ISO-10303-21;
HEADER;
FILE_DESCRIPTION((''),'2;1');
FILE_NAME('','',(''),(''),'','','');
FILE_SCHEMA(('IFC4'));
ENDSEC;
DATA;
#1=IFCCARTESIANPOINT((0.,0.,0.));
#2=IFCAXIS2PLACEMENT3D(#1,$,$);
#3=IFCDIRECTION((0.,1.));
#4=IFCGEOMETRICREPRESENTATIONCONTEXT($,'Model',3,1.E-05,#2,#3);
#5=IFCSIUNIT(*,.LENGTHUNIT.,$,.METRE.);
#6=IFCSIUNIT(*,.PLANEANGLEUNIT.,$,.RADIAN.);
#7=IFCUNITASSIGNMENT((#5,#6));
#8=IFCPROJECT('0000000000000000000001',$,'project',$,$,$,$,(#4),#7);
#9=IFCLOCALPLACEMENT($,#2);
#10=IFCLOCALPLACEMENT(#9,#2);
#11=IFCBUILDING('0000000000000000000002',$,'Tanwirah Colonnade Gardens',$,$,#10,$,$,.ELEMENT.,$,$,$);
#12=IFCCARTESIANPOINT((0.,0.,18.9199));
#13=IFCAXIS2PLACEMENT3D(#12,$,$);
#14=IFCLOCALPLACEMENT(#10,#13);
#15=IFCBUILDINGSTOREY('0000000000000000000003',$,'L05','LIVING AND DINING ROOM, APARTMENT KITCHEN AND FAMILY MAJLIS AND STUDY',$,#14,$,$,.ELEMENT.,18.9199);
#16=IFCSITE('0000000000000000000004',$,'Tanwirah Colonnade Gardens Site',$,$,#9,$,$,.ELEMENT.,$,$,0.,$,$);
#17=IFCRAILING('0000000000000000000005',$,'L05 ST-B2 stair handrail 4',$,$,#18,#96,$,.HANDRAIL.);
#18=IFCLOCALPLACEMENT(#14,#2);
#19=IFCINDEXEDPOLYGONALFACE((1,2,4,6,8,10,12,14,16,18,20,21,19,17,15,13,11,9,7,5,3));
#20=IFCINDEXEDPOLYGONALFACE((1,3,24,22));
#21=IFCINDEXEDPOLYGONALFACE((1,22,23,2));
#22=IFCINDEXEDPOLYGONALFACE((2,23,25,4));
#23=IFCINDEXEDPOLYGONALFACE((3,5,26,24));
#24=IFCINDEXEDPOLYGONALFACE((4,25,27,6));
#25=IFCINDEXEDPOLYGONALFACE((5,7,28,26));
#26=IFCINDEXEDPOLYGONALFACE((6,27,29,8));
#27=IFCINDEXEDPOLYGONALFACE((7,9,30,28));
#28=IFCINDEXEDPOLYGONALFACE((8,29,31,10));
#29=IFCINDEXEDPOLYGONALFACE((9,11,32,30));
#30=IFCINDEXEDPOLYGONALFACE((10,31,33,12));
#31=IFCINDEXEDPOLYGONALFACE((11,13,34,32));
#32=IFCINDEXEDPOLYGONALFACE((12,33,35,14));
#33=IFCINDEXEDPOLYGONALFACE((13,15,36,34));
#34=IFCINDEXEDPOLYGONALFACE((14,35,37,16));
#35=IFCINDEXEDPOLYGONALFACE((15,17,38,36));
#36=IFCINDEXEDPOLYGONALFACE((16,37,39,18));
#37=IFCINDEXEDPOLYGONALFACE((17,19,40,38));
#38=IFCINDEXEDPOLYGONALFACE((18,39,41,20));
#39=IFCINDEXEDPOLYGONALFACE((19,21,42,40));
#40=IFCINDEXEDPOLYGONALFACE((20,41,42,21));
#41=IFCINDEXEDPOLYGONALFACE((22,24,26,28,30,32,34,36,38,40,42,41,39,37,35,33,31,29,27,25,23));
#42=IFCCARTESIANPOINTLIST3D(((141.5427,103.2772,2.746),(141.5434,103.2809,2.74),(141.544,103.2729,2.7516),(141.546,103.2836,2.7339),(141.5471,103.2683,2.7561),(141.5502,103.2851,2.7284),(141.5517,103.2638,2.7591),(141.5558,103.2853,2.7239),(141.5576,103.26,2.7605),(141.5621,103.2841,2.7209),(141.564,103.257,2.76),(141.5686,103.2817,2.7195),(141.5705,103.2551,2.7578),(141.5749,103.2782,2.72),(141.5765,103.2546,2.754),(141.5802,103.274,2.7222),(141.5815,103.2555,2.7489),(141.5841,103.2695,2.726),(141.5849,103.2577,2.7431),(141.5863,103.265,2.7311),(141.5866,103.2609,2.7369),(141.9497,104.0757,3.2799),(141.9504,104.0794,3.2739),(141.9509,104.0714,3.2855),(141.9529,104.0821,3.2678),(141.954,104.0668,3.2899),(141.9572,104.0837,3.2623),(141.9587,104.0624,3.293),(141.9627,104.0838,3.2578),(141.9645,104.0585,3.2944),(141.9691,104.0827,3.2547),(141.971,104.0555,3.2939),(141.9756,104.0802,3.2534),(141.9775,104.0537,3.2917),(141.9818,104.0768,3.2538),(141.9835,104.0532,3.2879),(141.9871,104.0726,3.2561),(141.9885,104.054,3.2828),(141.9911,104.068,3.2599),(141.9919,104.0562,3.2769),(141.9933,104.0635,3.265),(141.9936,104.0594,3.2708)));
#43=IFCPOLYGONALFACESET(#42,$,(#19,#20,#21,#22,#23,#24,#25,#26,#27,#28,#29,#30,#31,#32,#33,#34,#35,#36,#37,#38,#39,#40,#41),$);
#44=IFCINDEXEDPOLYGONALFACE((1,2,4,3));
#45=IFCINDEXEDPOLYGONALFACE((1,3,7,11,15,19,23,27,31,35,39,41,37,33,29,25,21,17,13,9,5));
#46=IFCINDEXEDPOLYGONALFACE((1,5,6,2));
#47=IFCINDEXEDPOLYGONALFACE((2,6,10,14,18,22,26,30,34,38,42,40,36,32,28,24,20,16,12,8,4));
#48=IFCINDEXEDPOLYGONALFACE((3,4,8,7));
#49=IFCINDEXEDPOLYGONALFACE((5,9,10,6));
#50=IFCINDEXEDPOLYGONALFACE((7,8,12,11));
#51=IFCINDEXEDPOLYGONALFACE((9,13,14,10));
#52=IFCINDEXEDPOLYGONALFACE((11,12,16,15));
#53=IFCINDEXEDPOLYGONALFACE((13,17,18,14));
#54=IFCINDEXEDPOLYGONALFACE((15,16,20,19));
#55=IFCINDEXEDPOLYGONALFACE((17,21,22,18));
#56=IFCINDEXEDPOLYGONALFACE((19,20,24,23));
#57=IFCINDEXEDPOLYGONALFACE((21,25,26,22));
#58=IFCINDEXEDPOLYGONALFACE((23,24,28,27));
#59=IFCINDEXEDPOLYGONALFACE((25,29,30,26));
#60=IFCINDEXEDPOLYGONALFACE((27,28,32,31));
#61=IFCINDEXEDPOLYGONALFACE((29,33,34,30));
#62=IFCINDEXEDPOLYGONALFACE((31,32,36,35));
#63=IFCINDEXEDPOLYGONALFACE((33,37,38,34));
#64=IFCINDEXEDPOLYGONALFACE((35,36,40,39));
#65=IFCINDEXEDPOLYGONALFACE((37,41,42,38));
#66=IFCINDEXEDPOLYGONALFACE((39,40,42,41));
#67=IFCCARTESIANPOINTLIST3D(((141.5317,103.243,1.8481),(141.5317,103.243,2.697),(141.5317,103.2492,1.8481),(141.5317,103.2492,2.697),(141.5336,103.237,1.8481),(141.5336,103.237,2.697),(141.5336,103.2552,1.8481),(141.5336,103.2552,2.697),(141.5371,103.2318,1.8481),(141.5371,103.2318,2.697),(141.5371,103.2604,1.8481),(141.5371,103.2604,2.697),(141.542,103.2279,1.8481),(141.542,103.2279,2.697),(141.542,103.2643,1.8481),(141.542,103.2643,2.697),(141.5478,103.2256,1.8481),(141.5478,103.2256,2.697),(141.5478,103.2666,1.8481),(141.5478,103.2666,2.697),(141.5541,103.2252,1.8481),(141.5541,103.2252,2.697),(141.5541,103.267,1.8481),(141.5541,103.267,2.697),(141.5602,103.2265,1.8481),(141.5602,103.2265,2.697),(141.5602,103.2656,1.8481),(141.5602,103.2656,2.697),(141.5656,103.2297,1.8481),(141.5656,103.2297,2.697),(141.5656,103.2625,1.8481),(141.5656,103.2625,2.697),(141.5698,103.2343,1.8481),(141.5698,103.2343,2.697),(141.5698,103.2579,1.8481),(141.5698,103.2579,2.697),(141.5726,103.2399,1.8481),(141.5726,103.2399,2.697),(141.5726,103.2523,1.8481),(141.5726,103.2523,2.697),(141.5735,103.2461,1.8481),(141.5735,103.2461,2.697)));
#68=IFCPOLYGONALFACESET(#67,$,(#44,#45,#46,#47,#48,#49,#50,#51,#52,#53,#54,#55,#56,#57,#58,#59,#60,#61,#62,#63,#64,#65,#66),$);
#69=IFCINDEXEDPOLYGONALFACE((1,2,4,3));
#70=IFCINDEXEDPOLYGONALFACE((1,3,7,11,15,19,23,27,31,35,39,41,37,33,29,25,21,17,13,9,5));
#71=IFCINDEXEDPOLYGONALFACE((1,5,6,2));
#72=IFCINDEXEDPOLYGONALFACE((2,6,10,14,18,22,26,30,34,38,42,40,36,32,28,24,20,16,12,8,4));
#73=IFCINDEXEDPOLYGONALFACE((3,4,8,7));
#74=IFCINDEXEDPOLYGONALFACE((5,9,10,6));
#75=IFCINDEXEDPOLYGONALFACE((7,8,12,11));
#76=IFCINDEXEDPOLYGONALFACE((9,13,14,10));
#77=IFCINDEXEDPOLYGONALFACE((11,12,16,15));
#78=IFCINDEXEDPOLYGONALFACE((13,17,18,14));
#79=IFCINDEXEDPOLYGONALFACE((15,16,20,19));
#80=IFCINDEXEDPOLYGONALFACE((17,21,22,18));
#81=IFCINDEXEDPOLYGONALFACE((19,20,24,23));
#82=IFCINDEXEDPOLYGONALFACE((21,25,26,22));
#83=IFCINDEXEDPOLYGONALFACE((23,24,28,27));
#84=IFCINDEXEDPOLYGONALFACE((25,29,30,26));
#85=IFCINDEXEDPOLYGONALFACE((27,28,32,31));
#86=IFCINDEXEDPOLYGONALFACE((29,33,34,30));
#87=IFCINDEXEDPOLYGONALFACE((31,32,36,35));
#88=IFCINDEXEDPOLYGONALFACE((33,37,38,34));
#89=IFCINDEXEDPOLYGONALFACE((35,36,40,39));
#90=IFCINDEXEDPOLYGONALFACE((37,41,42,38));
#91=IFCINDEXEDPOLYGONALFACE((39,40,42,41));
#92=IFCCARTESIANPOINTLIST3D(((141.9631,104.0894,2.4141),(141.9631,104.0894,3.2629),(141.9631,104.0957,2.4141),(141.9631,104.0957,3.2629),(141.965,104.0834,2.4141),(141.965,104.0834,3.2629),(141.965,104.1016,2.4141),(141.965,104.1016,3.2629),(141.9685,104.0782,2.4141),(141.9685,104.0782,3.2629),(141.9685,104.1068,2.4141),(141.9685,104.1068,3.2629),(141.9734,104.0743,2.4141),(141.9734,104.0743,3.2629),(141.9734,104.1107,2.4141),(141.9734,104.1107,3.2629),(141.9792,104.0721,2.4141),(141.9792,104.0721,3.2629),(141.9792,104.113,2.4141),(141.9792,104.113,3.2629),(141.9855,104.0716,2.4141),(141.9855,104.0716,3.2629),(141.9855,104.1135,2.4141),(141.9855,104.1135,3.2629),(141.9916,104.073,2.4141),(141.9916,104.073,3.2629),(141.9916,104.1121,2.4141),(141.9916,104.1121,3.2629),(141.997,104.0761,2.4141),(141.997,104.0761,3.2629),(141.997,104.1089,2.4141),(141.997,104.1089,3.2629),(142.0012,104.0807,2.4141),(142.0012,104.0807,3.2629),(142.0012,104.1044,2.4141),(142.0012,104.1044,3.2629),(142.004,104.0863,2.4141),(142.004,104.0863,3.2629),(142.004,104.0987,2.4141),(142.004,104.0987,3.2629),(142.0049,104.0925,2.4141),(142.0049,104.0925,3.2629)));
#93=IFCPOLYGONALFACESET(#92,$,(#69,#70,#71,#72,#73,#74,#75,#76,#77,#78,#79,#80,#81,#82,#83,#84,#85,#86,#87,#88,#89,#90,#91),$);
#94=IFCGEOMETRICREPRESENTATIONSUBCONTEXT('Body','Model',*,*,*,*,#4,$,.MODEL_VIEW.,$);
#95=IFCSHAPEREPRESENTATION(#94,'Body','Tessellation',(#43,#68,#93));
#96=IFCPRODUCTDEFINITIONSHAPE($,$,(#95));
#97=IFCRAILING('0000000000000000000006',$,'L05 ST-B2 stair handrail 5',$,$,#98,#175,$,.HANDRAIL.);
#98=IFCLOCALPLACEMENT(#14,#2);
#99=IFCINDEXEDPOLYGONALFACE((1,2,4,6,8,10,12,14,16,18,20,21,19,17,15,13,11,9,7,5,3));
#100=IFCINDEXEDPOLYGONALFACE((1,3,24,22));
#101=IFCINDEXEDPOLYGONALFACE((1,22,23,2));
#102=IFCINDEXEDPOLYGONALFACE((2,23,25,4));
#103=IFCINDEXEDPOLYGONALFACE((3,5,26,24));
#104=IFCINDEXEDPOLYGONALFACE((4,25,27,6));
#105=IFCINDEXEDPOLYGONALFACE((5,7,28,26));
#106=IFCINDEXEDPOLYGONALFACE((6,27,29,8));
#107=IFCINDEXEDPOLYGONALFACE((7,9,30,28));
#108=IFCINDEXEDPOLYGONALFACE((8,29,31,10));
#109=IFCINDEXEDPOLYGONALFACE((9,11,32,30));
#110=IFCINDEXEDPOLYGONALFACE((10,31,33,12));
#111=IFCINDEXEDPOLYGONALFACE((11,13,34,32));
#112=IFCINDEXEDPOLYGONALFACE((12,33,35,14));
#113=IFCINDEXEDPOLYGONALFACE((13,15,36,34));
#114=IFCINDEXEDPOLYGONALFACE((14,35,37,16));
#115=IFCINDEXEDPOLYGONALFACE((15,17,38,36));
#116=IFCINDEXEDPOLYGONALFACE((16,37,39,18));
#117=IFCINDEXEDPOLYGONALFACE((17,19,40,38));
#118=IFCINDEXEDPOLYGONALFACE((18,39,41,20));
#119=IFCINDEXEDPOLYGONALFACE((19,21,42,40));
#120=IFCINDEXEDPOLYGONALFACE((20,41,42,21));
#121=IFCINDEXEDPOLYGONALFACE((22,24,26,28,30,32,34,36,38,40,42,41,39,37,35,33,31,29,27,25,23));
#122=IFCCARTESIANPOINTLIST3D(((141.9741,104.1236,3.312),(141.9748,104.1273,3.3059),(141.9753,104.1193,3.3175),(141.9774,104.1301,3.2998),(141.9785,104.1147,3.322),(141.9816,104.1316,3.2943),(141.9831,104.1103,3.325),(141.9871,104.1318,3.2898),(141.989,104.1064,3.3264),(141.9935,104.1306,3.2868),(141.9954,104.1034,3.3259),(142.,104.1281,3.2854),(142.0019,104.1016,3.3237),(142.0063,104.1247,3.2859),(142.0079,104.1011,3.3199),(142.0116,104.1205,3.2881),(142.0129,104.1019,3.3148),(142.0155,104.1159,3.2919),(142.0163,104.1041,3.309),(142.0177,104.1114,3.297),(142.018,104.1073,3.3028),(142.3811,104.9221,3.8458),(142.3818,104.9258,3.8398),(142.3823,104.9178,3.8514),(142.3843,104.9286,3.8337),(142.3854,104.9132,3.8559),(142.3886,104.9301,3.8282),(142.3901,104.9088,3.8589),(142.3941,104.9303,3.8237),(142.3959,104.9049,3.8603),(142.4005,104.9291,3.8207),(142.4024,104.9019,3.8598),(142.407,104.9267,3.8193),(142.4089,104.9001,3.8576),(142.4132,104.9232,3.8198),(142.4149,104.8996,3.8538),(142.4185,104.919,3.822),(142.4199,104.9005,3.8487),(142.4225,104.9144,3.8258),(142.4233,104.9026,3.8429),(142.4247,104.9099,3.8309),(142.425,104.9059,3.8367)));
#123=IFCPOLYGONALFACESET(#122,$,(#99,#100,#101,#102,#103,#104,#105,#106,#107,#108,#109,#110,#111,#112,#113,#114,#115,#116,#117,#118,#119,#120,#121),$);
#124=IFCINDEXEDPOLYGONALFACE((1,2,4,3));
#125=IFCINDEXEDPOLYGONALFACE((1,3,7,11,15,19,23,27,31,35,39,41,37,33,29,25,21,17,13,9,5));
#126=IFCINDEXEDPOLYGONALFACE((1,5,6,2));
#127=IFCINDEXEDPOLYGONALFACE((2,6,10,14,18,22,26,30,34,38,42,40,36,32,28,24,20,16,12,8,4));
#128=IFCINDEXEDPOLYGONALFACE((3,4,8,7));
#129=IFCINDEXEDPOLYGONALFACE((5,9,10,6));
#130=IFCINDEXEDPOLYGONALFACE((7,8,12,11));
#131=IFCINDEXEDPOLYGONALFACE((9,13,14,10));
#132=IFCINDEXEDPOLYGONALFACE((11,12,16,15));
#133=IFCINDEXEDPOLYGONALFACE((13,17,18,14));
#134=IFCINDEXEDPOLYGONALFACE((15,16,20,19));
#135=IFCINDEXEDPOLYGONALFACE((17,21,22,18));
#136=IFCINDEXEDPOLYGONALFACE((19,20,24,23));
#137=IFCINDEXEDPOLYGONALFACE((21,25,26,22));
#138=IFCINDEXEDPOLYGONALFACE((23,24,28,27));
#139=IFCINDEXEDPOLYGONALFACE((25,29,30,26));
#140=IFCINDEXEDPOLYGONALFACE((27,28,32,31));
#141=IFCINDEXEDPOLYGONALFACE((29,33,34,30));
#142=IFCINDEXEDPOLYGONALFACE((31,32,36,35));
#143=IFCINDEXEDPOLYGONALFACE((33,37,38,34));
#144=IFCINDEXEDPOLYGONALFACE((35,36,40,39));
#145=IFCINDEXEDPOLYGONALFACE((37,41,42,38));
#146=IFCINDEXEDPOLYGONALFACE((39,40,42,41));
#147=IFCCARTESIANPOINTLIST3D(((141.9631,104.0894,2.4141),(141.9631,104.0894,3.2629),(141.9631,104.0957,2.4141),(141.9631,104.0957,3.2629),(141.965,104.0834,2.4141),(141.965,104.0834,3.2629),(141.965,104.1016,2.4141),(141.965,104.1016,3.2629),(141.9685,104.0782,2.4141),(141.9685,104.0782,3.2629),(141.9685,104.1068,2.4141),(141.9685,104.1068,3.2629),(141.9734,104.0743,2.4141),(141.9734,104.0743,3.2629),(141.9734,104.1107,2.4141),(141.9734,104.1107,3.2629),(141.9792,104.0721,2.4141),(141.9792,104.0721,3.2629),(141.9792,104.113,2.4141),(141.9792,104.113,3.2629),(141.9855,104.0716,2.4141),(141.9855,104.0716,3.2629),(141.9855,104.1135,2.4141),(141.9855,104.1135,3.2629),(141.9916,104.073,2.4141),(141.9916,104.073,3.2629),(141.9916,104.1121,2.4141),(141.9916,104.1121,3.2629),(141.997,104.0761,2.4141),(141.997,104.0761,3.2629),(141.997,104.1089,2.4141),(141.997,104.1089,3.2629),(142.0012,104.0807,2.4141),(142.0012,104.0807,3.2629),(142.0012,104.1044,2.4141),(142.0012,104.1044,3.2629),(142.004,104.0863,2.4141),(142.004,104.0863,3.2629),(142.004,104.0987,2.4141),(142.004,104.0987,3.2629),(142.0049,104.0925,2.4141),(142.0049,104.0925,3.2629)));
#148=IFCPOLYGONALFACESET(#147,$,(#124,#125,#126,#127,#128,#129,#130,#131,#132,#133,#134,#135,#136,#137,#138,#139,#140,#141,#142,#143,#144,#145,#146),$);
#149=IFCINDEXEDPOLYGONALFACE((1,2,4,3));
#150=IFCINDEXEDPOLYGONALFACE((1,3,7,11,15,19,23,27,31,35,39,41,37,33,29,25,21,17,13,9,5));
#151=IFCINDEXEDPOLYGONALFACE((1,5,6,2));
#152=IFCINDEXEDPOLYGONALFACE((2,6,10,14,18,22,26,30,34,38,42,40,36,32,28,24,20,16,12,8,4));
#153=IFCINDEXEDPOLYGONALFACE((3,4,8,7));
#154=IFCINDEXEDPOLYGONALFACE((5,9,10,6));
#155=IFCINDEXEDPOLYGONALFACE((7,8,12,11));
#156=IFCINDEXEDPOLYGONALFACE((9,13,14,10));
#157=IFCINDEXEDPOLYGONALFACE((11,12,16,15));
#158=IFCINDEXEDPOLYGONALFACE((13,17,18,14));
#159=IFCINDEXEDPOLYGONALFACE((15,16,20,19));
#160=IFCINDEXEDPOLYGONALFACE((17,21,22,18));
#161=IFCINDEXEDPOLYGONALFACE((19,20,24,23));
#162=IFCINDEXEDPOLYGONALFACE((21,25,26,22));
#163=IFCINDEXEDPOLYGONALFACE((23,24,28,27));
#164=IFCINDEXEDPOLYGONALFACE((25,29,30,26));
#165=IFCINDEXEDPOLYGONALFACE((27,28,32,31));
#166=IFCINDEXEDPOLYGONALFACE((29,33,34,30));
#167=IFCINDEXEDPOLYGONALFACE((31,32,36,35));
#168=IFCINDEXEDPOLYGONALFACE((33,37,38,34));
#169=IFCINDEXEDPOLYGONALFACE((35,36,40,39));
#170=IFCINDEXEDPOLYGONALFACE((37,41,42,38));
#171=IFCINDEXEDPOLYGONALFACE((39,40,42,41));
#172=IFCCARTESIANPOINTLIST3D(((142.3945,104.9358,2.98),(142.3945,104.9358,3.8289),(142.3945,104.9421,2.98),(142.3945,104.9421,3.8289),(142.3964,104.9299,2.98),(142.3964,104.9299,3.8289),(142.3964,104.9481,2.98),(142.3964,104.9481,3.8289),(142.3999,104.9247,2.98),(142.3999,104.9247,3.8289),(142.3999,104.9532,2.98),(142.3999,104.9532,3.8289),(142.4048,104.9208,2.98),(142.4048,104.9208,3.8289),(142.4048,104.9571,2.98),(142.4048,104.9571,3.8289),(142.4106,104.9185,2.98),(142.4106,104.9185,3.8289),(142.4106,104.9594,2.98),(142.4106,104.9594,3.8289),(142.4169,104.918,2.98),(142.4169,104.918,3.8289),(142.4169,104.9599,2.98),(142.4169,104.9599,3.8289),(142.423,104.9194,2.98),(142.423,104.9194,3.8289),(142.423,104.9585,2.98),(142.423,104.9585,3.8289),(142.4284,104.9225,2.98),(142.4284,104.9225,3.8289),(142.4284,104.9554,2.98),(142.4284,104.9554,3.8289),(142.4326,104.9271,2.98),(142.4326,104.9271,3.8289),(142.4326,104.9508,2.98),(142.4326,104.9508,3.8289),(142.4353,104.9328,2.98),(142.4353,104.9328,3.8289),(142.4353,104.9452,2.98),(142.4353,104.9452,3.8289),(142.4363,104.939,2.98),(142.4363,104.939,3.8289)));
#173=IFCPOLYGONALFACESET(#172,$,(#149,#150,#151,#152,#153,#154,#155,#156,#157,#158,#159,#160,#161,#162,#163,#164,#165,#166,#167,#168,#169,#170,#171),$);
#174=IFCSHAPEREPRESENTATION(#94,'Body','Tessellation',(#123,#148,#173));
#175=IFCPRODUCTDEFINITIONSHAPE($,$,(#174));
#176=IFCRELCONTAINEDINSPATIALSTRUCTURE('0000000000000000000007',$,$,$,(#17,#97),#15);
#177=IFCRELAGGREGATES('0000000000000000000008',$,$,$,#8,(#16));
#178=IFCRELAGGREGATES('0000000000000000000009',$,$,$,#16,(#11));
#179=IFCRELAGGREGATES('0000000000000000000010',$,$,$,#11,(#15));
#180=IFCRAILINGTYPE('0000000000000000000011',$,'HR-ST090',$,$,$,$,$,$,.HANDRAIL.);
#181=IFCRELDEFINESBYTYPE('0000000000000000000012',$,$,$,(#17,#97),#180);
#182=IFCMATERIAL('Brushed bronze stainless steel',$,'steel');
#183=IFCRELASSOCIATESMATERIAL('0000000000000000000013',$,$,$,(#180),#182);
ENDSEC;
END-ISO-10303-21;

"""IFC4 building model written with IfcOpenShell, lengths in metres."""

from ifc_helpers import new_model, si_unit, direction, frame, origin, origin_2d, place, context, subcontext, project, spatial, circle, extrude, material, type_object, element, save


model = new_model("IFC4")

# Units and contexts
model_context = context("Model", 3, precision=1e-05, world=origin(), true_north=direction((0.0, 1.0)))
body_context = subcontext(model_context, "Body", "Model", "MODEL_VIEW")
ifc_project = project(units=[si_unit("LENGTHUNIT", "METRE"), si_unit("PLANEANGLEUNIT", "RADIAN")], contexts=[model_context])

# Site, building, storey
site_placement = place(None, origin())
site = spatial("IfcSite", under=ifc_project, at=site_placement, Name="Tanwirah Colonnade Gardens Site", CompositionType="ELEMENT", RefElevation=0.0)
building_placement = place(site_placement, origin())
building = spatial("IfcBuilding", under=site, at=building_placement, Name="Tanwirah Colonnade Gardens", CompositionType="ELEMENT")
storey_placement = place(building_placement, frame((0.0, 0.0, 18.9199)))
storey = spatial("IfcBuildingStorey", under=building, at=storey_placement, Name="L05", Description="LIVING AND DINING ROOM, APARTMENT KITCHEN AND FAMILY MAJLIS AND STUDY", CompositionType="ELEMENT", Elevation=18.9199)

# Railings
ifc_material_1 = material(Name="Brushed bronze stainless steel", Category="steel")
railing_type_1 = type_object("IfcRailingType", Name="HR-ST090", PredefinedType="HANDRAIL", material=ifc_material_1)
for number, where, name in (
    (1, (141.5525, 103.2461, 1.8481), "L05 ST-B2 stair handrail 4"),
    (2, (141.9839, 104.0925, 2.4141), "L05 ST-B2 stair handrail 5"),
):
    element("IfcRailing", number, at=place(storey_placement, frame(where)), inside=storey, type_object=railing_type_1, Name=name, PredefinedType="HANDRAIL", context=body_context, shape_type="SweptSolid", body=[
        extrude(circle(Radius=0.0239, at=origin_2d()), frame((0.0122, 0.0239, 0.8918), z_axis=(0.390118, 0.765443, 0.511767), x_axis=(-0.890957, 0.454087, 0.0)), (0.0, 0.0, 1.0), 1.0432),
        extrude(circle(Radius=0.021, at=origin_2d()), origin(), (0.0, 0.0, 1.0), 0.8489),
        extrude(circle(Radius=0.021, at=origin_2d()), frame((0.4314, 0.8464, 0.5659)), (0.0, 0.0, 1.0), 0.8489),
    ])

save(model, "model.ifc")
